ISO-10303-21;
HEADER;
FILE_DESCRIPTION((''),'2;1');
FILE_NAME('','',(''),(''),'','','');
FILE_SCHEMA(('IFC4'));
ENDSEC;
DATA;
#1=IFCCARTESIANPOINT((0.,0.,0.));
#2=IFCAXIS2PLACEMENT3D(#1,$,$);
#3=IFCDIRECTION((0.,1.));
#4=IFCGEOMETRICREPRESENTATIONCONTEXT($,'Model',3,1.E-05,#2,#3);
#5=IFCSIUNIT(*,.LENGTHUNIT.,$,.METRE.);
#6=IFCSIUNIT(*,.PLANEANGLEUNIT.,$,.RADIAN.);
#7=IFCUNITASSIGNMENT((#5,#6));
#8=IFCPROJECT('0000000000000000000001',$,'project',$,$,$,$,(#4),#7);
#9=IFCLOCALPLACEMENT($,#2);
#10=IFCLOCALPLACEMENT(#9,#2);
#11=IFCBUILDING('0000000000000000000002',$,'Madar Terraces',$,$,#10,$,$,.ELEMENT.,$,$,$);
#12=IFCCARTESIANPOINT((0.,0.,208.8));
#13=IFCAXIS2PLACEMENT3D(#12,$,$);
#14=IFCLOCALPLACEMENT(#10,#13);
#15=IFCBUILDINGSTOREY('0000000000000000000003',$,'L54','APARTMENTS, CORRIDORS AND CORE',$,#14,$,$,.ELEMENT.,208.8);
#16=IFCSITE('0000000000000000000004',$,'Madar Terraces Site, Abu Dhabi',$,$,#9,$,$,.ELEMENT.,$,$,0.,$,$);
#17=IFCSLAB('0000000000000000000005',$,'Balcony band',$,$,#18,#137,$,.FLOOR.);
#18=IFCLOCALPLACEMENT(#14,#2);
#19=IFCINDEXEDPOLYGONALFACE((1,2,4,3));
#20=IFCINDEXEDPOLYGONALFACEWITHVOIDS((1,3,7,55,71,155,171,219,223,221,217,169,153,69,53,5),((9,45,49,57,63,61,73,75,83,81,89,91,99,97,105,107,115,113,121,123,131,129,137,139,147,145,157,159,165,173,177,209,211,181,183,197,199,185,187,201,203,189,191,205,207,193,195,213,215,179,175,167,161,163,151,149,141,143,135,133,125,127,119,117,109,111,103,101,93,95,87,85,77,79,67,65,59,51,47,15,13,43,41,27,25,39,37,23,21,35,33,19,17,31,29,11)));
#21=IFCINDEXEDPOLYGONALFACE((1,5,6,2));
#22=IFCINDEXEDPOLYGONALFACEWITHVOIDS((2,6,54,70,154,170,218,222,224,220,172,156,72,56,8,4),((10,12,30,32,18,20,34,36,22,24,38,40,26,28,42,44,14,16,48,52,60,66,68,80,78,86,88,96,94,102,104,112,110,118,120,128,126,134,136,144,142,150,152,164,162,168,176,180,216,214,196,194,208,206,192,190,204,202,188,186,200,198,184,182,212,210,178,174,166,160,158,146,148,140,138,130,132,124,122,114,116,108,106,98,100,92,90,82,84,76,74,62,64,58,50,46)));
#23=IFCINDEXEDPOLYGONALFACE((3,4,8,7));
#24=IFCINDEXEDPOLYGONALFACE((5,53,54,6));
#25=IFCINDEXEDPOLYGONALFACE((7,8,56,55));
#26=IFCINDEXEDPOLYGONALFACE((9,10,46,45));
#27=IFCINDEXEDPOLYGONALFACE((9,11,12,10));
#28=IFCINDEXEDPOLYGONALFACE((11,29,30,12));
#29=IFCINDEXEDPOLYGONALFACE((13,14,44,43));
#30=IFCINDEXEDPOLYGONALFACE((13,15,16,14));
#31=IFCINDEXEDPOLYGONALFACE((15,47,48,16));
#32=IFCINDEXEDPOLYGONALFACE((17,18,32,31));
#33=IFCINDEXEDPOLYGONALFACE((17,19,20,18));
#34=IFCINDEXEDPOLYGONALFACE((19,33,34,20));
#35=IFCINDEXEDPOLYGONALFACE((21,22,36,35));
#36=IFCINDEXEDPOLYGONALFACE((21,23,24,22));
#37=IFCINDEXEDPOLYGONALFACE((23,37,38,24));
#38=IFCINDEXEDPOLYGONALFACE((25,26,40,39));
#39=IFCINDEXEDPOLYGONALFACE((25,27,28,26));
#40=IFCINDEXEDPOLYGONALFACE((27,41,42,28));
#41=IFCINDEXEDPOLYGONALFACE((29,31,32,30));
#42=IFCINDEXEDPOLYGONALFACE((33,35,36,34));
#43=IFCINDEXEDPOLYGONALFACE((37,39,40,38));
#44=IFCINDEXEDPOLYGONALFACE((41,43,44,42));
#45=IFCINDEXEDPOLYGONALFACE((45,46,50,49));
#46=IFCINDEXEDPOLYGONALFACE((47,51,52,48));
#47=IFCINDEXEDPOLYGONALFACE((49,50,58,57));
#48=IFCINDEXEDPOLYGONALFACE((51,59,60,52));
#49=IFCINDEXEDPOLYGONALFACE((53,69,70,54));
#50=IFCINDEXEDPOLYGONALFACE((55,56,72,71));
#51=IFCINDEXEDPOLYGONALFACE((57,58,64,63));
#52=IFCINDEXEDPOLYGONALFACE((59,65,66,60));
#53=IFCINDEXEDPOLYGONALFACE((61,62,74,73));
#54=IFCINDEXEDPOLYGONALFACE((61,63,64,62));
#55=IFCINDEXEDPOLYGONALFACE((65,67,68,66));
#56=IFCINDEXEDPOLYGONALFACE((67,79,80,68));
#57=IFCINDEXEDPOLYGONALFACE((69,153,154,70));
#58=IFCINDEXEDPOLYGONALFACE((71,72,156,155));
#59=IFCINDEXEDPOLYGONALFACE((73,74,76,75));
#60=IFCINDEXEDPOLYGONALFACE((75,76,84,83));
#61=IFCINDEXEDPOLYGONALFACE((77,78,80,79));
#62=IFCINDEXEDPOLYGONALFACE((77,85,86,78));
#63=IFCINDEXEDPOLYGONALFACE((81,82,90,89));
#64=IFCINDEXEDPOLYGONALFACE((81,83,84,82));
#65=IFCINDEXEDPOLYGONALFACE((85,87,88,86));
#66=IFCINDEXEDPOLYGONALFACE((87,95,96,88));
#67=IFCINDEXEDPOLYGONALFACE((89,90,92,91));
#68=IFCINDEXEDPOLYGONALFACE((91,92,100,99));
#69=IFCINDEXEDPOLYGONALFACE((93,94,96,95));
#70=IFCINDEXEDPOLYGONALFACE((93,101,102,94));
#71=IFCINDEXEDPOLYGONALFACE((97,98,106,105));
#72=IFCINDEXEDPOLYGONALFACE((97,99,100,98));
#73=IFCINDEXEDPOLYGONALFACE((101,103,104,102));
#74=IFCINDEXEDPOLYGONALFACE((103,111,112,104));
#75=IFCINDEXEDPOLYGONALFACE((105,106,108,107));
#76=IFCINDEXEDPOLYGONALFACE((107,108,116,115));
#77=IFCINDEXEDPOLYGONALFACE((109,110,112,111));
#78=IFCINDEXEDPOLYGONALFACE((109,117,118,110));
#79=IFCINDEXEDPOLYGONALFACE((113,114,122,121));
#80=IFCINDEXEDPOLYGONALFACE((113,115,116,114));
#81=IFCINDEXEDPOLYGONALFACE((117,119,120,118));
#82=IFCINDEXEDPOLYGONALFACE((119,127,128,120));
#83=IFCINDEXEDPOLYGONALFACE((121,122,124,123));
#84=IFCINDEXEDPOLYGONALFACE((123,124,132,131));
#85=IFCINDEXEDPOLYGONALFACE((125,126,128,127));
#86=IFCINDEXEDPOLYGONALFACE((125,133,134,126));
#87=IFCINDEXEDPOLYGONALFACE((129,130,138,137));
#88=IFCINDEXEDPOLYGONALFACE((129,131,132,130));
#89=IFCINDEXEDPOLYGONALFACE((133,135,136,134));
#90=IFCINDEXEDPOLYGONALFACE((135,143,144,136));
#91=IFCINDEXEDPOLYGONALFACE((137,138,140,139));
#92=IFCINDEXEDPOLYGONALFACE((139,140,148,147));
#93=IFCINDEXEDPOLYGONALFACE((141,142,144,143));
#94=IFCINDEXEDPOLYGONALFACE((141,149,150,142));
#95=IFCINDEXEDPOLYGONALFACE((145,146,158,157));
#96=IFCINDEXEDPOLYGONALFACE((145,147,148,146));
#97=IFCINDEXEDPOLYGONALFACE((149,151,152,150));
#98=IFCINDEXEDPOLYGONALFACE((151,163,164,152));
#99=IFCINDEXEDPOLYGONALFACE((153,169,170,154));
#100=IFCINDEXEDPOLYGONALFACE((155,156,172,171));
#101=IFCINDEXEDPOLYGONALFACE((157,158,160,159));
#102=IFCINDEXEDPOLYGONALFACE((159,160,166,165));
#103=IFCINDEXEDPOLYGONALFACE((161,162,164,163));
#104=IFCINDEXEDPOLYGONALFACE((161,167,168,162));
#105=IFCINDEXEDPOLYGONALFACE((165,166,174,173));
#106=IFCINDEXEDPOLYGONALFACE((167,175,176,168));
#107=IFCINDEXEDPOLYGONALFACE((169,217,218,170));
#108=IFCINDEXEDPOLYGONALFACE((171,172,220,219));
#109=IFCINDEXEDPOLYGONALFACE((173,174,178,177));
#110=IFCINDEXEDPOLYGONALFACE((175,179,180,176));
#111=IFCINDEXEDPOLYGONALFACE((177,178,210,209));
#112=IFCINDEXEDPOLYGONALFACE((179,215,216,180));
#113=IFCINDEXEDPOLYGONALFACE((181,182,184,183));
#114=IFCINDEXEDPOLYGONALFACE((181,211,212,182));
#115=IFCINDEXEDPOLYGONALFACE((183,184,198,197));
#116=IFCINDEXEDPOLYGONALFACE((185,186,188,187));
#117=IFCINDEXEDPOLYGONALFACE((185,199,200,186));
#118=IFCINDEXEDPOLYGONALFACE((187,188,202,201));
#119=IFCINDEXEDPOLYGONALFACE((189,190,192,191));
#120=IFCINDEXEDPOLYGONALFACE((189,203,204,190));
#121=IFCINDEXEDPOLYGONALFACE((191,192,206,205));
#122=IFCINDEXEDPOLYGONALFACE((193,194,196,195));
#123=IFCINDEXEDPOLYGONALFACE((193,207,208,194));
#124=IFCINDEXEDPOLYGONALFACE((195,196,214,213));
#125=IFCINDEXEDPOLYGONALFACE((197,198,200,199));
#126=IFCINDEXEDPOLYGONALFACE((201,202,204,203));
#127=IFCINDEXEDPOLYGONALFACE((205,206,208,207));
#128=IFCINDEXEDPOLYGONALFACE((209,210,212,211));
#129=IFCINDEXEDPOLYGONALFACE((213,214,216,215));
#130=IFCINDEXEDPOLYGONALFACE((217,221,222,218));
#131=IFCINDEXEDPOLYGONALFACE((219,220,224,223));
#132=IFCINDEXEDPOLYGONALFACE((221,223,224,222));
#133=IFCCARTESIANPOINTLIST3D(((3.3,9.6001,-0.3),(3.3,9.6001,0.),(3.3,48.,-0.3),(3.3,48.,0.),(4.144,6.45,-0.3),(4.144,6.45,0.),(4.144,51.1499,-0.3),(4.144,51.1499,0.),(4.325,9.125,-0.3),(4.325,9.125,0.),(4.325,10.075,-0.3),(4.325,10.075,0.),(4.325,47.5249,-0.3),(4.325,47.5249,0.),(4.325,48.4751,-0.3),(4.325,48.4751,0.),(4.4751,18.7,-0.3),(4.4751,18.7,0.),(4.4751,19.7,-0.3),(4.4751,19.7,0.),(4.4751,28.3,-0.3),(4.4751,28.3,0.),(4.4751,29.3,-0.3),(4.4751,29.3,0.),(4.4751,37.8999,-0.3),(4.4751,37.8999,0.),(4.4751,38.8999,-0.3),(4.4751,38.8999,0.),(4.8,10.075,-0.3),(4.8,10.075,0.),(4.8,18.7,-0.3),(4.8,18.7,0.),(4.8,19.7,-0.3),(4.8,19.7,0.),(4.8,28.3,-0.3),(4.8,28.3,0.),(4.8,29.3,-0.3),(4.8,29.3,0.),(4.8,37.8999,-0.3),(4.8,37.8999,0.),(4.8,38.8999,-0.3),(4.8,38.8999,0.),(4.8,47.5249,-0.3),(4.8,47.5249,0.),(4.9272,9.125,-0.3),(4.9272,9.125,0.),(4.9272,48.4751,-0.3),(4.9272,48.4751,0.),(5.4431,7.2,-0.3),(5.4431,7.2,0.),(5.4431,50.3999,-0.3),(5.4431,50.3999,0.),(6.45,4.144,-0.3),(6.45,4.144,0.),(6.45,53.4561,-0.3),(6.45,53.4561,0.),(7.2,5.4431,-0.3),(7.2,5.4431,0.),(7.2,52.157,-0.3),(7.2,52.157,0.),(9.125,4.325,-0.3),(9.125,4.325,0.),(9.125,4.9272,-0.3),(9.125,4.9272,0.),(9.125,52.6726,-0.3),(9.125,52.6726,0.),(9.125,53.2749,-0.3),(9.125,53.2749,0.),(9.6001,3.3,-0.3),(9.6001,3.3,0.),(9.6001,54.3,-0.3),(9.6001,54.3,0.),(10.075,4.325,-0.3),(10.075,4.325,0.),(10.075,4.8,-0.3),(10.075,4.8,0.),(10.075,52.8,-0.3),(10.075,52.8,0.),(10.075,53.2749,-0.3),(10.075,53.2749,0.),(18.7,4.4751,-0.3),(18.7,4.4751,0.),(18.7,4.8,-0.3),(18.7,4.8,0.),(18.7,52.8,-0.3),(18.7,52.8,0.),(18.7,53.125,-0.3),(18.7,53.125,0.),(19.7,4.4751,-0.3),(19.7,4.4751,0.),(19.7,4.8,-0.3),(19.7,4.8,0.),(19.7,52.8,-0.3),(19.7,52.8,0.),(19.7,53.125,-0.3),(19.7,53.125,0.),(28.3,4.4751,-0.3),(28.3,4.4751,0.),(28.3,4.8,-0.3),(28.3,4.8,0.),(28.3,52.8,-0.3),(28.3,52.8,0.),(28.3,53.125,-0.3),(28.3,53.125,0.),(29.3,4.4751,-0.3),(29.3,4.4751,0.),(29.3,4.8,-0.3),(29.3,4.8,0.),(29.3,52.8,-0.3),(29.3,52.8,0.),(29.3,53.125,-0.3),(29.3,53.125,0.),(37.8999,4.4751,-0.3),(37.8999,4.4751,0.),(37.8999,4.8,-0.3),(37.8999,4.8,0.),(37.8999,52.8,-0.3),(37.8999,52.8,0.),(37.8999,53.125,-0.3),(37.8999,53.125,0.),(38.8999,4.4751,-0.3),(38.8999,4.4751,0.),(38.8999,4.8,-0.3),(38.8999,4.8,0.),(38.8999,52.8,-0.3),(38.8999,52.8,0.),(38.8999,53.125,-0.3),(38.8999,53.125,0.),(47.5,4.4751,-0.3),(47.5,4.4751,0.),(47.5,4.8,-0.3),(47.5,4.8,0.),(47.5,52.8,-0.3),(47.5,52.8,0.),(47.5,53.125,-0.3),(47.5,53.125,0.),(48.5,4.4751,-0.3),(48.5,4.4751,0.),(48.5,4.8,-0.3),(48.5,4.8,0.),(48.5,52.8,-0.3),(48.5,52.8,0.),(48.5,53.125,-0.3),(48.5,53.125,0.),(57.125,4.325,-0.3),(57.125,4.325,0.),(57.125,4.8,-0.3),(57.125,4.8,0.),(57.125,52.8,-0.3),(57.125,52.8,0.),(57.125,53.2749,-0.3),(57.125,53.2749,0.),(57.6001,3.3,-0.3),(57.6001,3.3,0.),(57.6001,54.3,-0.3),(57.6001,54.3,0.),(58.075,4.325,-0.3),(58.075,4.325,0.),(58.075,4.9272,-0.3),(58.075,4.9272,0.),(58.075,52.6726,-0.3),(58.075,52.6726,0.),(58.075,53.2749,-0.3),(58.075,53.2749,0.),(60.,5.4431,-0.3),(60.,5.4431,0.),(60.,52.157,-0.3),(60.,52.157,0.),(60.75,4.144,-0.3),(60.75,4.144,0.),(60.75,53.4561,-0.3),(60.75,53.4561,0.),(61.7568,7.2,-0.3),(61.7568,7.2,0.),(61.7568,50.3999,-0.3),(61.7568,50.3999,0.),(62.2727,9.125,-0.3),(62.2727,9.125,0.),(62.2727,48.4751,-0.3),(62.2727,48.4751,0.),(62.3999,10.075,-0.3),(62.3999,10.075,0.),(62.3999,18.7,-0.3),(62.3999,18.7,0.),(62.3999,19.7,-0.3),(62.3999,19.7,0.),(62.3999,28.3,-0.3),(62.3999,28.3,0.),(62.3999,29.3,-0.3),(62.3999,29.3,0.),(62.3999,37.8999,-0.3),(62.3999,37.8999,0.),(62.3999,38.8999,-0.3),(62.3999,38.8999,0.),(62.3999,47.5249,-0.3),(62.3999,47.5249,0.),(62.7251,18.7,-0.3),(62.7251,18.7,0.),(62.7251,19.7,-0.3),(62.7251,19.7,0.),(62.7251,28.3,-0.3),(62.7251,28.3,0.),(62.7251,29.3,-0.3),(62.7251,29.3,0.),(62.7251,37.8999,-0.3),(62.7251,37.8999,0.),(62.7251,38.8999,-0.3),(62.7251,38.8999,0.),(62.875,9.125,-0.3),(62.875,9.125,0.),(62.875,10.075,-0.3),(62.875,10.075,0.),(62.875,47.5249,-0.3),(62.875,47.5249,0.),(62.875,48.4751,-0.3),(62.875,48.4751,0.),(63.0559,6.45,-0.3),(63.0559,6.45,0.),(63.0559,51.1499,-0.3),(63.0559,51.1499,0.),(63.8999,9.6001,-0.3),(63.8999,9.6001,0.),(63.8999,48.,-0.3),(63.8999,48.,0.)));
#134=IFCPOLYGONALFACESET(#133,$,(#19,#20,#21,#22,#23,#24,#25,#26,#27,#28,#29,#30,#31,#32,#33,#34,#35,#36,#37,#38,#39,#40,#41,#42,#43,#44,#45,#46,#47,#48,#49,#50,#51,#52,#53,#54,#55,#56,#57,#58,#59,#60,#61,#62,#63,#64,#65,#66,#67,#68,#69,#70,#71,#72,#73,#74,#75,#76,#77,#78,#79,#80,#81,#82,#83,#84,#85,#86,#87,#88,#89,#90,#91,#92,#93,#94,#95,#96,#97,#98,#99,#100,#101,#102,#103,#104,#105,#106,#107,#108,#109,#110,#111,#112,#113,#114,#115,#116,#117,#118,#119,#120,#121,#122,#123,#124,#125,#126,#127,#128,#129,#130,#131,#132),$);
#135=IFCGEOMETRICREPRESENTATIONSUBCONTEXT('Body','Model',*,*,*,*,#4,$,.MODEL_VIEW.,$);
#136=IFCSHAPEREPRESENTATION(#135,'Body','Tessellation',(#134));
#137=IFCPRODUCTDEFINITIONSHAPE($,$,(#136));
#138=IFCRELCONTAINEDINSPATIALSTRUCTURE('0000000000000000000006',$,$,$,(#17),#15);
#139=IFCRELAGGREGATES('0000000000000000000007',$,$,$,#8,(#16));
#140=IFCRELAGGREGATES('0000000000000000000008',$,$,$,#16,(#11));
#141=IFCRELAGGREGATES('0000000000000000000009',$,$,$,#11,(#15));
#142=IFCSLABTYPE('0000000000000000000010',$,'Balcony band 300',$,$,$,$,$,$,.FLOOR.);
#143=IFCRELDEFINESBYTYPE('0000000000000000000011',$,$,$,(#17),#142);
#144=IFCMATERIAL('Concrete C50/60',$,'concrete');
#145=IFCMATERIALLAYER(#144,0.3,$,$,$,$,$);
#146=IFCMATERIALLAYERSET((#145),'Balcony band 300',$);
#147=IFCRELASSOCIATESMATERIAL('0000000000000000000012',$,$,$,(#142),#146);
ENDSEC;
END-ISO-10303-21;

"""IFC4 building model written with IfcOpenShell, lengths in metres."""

from ifc_helpers import new_model, si_unit, direction, frame, origin, place, context, subcontext, project, spatial, polyline, outline, extrude, material, layer, layer_set, type_object, element, save


model = new_model("IFC4")

# Units and contexts
model_context = context("Model", 3, precision=1e-05, world=origin(), true_north=direction((0.0, 1.0)))
body_context = subcontext(model_context, "Body", "Model", "MODEL_VIEW")
ifc_project = project(units=[si_unit("LENGTHUNIT", "METRE"), si_unit("PLANEANGLEUNIT", "RADIAN")], contexts=[model_context])

# Site, building, storey
site_placement = place(None, origin())
site = spatial("IfcSite", under=ifc_project, at=site_placement, Name="Madar Terraces Site, Abu Dhabi", CompositionType="ELEMENT", RefElevation=0.0)
building_placement = place(site_placement, origin())
building = spatial("IfcBuilding", under=site, at=building_placement, Name="Madar Terraces", CompositionType="ELEMENT")
storey_placement = place(building_placement, frame((0.0, 0.0, 208.8)))
storey = spatial("IfcBuildingStorey", under=building, at=storey_placement, Name="L54", Description="APARTMENTS, CORRIDORS AND CORE", CompositionType="ELEMENT", Elevation=208.8)

# Slab
ifc_material_1 = material(Name="Concrete C50/60", Category="concrete")
ifc_layer_1 = layer(ifc_material_1, 0.3)
ifc_layer_set_1 = layer_set([ifc_layer_1], Name="Balcony band 300")
slab_type_1 = type_object("IfcSlabType", Name="Balcony band 300", PredefinedType="FLOOR", material=ifc_layer_set_1)
slab_1_placement = place(storey_placement, frame((0.0, 0.0, -0.3)))
element("IfcSlab", 1, at=slab_1_placement, inside=storey, type_object=slab_type_1, Name="Balcony band", PredefinedType="FLOOR", context=body_context, shape_type="SweptSolid", body=[
    extrude(outline(polyline([(9.6001, 3.3), (6.45, 4.144), (4.144, 6.45), (3.3, 9.6001), (3.3, 48.0), (4.144, 51.1499), (6.45, 53.4561), (9.6001, 54.3), (57.6001, 54.3), (60.75, 53.4561), (63.0559, 51.1499), (63.8999, 48.0), (63.8999, 9.6001), (63.0559, 6.45), (60.75, 4.144), (57.6001, 3.3), (9.6001, 3.3)]), holes=[polyline([(10.075, 4.325), (10.075, 4.8), (18.7, 4.8), (18.7, 4.4751), (19.7, 4.4751), (19.7, 4.8), (28.3, 4.8), (28.3, 4.4751), (29.3, 4.4751), (29.3, 4.8), (37.8999, 4.8), (37.8999, 4.4751), (38.8999, 4.4751), (38.8999, 4.8), (47.5, 4.8), (47.5, 4.4751), (48.5, 4.4751), (48.5, 4.8), (57.125, 4.8), (57.125, 4.325), (58.075, 4.325), (58.075, 4.9272), (60.0, 5.4431), (61.7568, 7.2), (62.2727, 9.125), (62.875, 9.125), (62.875, 10.075), (62.3999, 10.075), (62.3999, 18.7), (62.7251, 18.7), (62.7251, 19.7), (62.3999, 19.7), (62.3999, 28.3), (62.7251, 28.3), (62.7251, 29.3), (62.3999, 29.3), (62.3999, 37.8999), (62.7251, 37.8999), (62.7251, 38.8999), (62.3999, 38.8999), (62.3999, 47.5249), (62.875, 47.5249), (62.875, 48.4751), (62.2727, 48.4751), (61.7568, 50.3999), (60.0, 52.157), (58.075, 52.6726), (58.075, 53.2749), (57.125, 53.2749), (57.125, 52.8), (48.5, 52.8), (48.5, 53.125), (47.5, 53.125), (47.5, 52.8), (38.8999, 52.8), (38.8999, 53.125), (37.8999, 53.125), (37.8999, 52.8), (29.3, 52.8), (29.3, 53.125), (28.3, 53.125), (28.3, 52.8), (19.7, 52.8), (19.7, 53.125), (18.7, 53.125), (18.7, 52.8), (10.075, 52.8), (10.075, 53.2749), (9.125, 53.2749), (9.125, 52.6726), (7.2, 52.157), (5.4431, 50.3999), (4.9272, 48.4751), (4.325, 48.4751), (4.325, 47.5249), (4.8, 47.5249), (4.8, 38.8999), (4.4751, 38.8999), (4.4751, 37.8999), (4.8, 37.8999), (4.8, 29.3), (4.4751, 29.3), (4.4751, 28.3), (4.8, 28.3), (4.8, 19.7), (4.4751, 19.7), (4.4751, 18.7), (4.8, 18.7), (4.8, 10.075), (4.325, 10.075), (4.325, 9.125), (4.9272, 9.125), (5.4431, 7.2), (7.2, 5.4431), (9.125, 4.9272), (9.125, 4.325), (10.075, 4.325)])]), origin(), (0.0, 0.0, 1.0), 0.3),
])

save(model, "model.ifc")
